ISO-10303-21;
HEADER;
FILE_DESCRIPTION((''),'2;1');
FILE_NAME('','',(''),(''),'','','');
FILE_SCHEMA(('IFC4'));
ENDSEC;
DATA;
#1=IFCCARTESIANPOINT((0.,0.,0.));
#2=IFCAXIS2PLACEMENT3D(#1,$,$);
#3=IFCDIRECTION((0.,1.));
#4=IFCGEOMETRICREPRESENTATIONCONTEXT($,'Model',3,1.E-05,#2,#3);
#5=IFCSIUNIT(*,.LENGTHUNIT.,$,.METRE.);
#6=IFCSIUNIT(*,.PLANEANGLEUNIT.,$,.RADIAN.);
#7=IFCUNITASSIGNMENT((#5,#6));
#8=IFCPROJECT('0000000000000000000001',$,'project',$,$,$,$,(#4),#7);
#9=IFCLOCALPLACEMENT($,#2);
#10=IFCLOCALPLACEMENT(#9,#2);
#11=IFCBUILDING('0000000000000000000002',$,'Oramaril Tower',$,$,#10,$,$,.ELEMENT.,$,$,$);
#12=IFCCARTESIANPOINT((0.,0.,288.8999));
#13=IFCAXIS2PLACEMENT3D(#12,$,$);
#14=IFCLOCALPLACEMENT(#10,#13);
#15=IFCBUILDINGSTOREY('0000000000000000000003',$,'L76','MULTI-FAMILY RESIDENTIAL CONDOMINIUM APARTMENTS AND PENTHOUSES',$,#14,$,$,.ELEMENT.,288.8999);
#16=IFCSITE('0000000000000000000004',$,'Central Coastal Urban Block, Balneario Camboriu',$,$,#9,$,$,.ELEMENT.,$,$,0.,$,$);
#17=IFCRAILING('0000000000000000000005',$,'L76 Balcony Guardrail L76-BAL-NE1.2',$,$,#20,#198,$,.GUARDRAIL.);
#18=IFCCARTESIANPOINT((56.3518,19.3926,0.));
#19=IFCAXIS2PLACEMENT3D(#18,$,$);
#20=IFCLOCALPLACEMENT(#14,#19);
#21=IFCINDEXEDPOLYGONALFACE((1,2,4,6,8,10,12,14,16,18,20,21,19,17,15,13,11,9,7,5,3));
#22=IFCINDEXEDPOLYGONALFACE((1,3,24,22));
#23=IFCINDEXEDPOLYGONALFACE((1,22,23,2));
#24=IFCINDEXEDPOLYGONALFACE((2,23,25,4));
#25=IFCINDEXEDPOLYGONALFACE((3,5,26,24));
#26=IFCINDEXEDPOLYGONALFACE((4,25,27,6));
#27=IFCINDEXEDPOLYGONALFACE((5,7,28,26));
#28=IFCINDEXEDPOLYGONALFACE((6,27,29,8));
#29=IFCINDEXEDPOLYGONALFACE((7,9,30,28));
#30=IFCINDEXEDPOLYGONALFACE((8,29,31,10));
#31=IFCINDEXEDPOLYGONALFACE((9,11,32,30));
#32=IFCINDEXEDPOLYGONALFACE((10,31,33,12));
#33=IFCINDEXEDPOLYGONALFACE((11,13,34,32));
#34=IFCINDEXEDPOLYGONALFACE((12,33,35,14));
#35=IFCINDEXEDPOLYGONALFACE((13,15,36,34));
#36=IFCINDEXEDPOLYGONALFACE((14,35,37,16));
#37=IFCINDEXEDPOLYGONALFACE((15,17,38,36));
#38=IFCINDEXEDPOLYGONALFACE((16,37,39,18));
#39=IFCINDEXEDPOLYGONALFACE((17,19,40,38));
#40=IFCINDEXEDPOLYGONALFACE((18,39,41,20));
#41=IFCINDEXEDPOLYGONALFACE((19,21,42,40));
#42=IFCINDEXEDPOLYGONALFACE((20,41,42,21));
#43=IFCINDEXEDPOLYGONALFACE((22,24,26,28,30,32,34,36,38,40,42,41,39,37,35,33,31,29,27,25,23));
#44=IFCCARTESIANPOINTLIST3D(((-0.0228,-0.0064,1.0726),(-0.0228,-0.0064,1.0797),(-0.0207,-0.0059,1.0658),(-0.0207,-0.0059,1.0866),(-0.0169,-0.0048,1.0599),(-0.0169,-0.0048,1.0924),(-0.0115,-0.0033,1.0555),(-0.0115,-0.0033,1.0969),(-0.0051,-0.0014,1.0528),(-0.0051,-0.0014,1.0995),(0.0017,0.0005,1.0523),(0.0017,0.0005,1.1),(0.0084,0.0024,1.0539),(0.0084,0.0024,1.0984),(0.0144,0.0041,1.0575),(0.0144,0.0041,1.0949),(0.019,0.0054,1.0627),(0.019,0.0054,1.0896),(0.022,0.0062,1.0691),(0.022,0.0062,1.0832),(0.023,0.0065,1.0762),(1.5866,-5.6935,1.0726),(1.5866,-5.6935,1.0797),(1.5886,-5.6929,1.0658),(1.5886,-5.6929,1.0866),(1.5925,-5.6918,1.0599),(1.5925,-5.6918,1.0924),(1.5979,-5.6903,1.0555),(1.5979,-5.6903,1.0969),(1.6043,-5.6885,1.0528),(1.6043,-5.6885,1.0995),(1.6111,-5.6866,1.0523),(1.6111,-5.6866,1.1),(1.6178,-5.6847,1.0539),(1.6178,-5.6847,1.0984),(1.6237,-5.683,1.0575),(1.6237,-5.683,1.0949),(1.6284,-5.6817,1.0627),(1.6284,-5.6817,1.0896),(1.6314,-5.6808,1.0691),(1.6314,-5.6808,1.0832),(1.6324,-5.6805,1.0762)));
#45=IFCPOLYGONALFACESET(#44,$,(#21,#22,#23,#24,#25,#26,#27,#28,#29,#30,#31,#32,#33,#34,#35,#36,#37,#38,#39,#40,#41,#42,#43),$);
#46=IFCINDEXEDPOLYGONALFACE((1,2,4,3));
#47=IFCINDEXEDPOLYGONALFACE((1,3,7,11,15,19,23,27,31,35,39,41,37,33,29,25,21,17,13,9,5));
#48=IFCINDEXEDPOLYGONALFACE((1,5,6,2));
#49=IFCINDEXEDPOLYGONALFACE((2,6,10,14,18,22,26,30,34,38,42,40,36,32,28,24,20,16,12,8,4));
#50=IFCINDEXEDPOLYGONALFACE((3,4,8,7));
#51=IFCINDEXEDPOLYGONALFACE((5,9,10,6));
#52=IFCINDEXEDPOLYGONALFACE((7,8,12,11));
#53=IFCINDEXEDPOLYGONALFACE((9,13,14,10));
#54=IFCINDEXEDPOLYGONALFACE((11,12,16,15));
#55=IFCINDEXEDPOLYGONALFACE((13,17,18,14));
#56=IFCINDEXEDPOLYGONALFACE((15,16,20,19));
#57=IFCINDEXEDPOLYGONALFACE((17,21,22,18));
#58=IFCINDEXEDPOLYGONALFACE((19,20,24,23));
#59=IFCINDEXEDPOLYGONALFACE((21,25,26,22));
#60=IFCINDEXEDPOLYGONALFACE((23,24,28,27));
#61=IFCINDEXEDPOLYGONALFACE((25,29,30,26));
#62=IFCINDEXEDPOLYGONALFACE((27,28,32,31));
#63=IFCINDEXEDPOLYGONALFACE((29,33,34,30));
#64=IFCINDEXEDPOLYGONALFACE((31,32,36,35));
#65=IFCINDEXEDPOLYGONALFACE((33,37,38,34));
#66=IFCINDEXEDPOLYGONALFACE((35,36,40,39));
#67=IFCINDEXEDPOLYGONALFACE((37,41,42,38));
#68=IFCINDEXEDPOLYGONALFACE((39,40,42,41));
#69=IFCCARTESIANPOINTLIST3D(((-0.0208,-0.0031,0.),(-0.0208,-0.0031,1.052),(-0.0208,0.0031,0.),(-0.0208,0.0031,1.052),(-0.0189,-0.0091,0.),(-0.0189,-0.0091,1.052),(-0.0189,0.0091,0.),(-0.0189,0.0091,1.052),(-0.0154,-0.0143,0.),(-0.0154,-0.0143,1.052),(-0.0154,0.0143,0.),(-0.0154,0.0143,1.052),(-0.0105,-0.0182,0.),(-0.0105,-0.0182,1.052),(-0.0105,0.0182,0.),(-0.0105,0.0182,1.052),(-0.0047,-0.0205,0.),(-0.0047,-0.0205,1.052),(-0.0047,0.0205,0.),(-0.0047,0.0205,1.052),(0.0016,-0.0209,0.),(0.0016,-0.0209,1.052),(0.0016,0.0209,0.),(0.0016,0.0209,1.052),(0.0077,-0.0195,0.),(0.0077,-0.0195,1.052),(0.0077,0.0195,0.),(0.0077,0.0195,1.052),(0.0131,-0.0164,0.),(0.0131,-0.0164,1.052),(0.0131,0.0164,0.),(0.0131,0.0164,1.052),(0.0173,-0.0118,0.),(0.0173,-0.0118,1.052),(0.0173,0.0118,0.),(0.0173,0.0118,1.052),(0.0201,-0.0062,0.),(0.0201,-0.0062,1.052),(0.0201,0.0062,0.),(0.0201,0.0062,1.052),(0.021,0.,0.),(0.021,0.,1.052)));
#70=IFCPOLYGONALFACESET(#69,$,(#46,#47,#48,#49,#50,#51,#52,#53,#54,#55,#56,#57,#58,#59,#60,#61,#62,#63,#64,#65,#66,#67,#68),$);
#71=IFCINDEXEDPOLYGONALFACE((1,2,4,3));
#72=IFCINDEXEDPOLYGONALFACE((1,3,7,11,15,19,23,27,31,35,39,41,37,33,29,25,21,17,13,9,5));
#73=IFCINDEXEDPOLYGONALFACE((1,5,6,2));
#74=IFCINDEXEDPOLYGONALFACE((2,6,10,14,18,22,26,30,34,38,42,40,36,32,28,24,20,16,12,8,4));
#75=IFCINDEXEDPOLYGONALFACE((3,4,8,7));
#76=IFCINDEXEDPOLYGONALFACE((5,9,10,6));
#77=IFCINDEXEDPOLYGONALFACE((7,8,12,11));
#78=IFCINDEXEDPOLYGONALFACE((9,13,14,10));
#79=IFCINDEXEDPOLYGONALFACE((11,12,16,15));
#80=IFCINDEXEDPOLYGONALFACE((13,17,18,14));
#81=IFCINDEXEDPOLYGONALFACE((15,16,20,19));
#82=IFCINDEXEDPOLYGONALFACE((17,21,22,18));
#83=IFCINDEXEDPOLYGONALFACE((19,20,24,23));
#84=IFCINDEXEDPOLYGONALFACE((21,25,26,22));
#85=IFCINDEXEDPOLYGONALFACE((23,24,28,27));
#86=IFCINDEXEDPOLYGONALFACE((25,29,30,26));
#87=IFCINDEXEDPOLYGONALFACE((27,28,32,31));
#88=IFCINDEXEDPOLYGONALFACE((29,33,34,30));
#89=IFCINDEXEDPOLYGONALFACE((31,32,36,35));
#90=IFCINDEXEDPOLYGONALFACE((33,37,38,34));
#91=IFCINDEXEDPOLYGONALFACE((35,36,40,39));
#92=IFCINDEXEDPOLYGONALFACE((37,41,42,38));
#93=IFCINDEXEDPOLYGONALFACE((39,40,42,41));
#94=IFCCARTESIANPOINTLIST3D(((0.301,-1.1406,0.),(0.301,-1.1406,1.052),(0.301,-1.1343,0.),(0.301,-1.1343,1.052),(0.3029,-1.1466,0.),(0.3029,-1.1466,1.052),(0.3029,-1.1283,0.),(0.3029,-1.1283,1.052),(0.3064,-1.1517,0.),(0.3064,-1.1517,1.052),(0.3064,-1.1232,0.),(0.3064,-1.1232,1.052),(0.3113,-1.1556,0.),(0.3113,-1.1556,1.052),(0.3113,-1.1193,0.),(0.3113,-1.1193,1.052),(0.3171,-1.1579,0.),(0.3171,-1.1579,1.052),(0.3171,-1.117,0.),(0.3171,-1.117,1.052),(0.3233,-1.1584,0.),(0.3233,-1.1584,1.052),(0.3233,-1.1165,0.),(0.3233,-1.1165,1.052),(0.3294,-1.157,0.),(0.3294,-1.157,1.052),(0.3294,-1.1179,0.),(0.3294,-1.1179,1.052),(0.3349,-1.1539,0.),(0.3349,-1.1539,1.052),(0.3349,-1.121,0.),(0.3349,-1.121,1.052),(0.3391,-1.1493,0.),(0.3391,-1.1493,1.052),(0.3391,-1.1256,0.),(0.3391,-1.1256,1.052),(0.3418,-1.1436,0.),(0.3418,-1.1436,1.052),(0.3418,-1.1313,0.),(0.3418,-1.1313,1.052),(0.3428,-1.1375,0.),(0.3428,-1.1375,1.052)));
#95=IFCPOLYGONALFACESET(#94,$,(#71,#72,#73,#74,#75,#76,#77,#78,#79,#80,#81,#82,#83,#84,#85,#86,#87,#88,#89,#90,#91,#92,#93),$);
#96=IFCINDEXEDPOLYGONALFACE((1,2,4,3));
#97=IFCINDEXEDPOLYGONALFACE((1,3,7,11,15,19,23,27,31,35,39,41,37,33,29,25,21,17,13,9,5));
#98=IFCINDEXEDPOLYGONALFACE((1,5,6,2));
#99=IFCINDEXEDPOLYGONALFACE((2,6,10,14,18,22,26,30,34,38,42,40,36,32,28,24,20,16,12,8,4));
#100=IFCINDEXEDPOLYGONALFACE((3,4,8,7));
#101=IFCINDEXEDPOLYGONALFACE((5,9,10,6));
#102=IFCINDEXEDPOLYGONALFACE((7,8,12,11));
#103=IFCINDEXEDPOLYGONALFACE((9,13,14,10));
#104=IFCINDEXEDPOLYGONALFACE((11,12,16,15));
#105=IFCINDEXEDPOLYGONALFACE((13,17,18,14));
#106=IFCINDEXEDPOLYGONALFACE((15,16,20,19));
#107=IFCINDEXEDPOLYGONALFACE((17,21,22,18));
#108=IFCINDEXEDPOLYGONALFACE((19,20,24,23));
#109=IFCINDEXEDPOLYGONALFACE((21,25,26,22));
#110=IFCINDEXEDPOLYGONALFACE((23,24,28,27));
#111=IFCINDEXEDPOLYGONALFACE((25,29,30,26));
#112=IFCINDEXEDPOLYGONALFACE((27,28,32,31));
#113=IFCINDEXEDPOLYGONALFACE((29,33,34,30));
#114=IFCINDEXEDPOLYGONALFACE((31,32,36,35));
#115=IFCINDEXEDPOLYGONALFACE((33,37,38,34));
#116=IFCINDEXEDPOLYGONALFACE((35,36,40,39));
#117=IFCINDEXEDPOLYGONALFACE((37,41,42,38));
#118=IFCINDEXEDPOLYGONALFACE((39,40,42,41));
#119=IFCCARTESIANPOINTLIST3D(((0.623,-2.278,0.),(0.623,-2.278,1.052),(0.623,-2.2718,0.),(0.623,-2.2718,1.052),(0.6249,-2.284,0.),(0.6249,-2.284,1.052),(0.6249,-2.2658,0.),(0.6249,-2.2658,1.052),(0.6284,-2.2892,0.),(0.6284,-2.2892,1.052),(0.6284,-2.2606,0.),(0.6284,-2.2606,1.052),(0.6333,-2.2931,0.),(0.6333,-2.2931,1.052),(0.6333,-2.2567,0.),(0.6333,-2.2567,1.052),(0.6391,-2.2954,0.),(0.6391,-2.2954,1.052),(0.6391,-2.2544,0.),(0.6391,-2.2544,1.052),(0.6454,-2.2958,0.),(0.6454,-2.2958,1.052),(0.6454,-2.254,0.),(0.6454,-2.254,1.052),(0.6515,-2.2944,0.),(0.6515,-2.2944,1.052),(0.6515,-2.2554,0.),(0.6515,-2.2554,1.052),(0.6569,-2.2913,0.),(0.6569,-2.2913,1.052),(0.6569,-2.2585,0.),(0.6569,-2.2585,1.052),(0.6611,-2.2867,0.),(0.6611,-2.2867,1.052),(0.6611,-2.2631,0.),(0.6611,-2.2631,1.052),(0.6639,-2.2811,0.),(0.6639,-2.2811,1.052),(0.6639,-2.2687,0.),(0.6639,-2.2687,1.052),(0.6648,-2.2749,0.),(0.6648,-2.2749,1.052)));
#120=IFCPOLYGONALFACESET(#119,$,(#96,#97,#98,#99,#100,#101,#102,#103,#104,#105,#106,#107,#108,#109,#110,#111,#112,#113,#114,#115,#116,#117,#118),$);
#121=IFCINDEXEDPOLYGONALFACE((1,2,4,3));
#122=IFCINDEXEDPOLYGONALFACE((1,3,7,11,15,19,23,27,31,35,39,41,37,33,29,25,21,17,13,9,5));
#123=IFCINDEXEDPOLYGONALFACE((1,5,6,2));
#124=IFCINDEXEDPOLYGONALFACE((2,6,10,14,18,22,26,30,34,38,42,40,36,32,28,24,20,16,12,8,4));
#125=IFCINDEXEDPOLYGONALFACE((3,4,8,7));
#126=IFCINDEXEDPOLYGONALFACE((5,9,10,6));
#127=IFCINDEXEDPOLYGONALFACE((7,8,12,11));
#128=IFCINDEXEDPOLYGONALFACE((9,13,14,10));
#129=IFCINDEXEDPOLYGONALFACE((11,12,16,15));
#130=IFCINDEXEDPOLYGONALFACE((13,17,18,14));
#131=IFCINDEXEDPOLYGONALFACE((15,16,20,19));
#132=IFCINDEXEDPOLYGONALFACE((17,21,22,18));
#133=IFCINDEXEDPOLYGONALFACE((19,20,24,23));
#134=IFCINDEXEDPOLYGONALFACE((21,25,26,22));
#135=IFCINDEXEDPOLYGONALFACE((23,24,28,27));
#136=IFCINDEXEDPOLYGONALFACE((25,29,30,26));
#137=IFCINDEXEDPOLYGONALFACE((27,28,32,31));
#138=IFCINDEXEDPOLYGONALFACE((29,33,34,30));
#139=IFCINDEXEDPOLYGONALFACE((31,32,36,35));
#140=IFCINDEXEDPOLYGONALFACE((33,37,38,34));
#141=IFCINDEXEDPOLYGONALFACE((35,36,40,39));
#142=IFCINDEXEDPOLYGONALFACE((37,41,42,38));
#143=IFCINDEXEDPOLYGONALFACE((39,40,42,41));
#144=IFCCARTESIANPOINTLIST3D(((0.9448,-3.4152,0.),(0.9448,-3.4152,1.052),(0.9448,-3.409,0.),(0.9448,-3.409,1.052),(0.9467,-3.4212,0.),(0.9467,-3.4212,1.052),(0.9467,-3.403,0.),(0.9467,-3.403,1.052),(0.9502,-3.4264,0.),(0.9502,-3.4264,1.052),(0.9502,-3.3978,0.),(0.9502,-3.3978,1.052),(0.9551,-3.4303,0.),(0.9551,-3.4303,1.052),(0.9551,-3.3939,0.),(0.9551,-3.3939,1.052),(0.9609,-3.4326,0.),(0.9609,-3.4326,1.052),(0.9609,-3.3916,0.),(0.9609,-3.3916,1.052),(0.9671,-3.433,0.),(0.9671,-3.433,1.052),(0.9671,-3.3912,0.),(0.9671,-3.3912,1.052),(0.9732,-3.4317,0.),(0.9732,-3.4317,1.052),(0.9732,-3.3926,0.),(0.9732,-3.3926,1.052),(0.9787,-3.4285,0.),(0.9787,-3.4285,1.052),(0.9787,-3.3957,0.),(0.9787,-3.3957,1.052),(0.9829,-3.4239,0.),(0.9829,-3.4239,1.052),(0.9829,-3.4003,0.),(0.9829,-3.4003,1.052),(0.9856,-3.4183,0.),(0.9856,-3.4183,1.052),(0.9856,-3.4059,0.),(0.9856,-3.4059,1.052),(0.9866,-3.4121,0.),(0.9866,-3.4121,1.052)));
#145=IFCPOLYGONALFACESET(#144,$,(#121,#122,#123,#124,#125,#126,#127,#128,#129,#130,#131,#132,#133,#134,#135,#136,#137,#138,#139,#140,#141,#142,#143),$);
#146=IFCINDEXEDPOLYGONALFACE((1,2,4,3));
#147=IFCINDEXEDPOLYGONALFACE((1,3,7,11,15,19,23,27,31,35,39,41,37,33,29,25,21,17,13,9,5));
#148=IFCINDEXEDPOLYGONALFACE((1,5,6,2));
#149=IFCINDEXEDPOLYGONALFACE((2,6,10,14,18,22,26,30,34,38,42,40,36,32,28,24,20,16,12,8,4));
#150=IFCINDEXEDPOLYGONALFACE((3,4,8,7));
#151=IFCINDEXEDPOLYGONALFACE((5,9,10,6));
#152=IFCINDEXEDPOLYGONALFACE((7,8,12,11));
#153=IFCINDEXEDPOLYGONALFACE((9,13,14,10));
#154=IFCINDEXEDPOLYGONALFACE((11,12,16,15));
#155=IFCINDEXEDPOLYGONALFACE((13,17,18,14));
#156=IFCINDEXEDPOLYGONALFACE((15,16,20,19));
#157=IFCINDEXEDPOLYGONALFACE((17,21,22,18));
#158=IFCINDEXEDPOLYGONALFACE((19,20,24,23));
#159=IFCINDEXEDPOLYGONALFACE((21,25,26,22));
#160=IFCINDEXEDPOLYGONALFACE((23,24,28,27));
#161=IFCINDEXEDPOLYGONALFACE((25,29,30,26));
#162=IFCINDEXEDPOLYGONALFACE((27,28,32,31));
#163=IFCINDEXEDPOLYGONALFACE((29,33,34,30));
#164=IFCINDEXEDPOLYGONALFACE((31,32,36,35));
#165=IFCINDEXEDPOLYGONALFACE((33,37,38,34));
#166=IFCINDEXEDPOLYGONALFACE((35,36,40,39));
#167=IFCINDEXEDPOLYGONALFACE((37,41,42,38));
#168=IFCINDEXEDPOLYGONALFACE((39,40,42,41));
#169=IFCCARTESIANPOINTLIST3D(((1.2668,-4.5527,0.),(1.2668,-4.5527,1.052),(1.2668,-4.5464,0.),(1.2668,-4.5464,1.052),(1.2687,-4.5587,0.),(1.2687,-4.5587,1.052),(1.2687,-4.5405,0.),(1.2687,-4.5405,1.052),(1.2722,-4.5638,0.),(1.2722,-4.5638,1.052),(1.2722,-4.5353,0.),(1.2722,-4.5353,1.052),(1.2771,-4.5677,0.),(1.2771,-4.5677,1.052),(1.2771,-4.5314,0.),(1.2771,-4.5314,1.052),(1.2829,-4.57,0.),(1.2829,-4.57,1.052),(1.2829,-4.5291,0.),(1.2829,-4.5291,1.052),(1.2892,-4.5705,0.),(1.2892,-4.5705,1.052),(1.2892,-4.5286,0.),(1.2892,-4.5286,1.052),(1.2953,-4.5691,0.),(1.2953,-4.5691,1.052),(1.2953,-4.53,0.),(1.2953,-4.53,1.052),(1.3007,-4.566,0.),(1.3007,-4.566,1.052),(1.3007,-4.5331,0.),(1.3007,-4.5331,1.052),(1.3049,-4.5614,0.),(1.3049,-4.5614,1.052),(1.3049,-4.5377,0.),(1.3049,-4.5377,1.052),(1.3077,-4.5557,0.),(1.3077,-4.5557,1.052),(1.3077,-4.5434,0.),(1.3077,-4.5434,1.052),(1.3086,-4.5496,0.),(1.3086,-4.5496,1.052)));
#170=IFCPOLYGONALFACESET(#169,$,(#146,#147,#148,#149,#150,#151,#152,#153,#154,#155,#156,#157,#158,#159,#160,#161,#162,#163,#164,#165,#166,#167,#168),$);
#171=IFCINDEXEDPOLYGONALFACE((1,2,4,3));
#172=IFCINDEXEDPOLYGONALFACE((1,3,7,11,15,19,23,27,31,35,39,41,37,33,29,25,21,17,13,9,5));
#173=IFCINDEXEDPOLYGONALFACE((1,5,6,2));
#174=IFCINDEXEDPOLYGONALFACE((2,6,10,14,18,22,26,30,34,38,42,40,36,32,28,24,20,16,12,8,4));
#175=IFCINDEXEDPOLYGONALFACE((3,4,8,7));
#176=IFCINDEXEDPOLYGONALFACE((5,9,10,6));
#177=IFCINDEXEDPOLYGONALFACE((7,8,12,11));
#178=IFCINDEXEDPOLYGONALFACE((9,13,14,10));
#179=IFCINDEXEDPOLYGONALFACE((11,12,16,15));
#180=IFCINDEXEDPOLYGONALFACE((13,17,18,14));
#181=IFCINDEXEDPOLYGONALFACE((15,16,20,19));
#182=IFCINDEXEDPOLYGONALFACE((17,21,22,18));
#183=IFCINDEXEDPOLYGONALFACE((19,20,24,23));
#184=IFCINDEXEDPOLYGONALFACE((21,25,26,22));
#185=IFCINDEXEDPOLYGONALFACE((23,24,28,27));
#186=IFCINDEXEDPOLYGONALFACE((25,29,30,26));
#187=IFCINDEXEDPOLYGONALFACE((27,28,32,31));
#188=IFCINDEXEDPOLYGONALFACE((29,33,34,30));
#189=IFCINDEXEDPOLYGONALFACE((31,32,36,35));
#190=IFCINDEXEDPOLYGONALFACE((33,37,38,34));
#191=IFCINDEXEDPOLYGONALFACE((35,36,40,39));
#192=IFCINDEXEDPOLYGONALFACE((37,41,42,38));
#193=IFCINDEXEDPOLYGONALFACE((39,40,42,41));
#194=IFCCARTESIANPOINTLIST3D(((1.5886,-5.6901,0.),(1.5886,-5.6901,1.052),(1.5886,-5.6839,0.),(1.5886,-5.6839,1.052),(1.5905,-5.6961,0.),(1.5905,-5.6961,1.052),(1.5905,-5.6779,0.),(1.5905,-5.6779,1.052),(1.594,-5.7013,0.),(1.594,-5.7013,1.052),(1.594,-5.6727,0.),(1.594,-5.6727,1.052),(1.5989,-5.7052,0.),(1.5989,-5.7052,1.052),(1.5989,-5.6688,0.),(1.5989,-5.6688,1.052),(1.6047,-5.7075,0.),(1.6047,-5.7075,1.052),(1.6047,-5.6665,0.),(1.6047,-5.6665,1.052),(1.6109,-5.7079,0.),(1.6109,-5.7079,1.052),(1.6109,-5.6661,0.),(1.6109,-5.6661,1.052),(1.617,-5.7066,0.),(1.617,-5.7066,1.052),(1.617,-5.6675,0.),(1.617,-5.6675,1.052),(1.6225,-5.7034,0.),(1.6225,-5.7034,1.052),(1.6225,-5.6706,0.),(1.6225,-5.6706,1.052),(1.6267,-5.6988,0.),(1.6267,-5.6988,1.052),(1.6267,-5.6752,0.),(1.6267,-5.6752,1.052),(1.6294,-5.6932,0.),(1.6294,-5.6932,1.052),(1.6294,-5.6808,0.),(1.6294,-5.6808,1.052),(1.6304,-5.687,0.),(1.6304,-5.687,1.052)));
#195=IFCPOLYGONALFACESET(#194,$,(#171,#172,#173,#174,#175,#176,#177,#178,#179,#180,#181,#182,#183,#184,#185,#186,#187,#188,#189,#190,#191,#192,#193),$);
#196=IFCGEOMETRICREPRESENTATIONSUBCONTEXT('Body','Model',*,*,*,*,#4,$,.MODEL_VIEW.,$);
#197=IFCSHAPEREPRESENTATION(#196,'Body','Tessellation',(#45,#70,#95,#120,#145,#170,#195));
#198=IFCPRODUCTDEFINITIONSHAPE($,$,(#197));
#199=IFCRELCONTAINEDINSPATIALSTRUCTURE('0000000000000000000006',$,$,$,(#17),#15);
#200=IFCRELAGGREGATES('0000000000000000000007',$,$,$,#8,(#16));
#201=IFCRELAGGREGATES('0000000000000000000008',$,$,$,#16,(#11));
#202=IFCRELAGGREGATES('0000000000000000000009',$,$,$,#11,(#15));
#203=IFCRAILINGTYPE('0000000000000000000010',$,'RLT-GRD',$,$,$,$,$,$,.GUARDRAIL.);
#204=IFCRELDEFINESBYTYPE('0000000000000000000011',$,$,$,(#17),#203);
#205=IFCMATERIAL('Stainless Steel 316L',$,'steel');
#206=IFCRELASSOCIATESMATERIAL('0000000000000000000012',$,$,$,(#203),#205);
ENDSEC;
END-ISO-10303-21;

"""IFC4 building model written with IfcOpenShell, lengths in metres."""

from ifc_helpers import new_model, si_unit, direction, frame, origin, origin_2d, place, context, subcontext, project, spatial, circle, extrude, material, type_object, element, save


model = new_model("IFC4")

# Units and contexts
model_context = context("Model", 3, precision=1e-05, world=origin(), true_north=direction((0.0, 1.0)))
body_context = subcontext(model_context, "Body", "Model", "MODEL_VIEW")
ifc_project = project(units=[si_unit("LENGTHUNIT", "METRE"), si_unit("PLANEANGLEUNIT", "RADIAN")], contexts=[model_context])

# Site, building, storey
site_placement = place(None, origin())
site = spatial("IfcSite", under=ifc_project, at=site_placement, Name="Central Coastal Urban Block, Balneario Camboriu", CompositionType="ELEMENT", RefElevation=0.0)
building_placement = place(site_placement, origin())
building = spatial("IfcBuilding", under=site, at=building_placement, Name="Oramaril Tower", CompositionType="ELEMENT")
storey_placement = place(building_placement, frame((0.0, 0.0, 288.8999)))
storey = spatial("IfcBuildingStorey", under=building, at=storey_placement, Name="L76", Description="MULTI-FAMILY RESIDENTIAL CONDOMINIUM APARTMENTS AND PENTHOUSES", CompositionType="ELEMENT", Elevation=288.8999)

# Railing
ifc_material_1 = material(Name="Stainless Steel 316L", Category="steel")
railing_type = type_object("IfcRailingType", Name="RLT-GRD", PredefinedType="GUARDRAIL", material=ifc_material_1)
railing_1_placement = place(storey_placement, frame((56.3518, 19.3926, 0.0)))
element("IfcRailing", 1, at=railing_1_placement, inside=storey, type_object=railing_type, Name="L76 Balcony Guardrail L76-BAL-NE1.2", PredefinedType="GUARDRAIL", context=body_context, shape_type="SweptSolid", body=[
    extrude(circle(Radius=0.0239, at=origin_2d()), frame((0.0, 0.0, 1.0762), z_axis=(0.272298, -0.962213, 0.0), x_axis=(0.962213, 0.272298, 0.0)), (0.0, 0.0, 1.0), 5.9104),
    extrude(circle(Radius=0.021, at=origin_2d()), origin(), (0.0, 0.0, 1.0), 1.052),
    extrude(circle(Radius=0.021, at=origin_2d()), frame((0.3218, -1.1375, 0.0)), (0.0, 0.0, 1.0), 1.052),
    extrude(circle(Radius=0.021, at=origin_2d()), frame((0.6438, -2.2749, 0.0)), (0.0, 0.0, 1.0), 1.052),
    extrude(circle(Radius=0.021, at=origin_2d()), frame((0.9656, -3.4121, 0.0)), (0.0, 0.0, 1.0), 1.052),
    extrude(circle(Radius=0.021, at=origin_2d()), frame((1.2876, -4.5496, 0.0)), (0.0, 0.0, 1.0), 1.052),
    extrude(circle(Radius=0.021, at=origin_2d()), frame((1.6094, -5.687, 0.0)), (0.0, 0.0, 1.0), 1.052),
])

save(model, "model.ifc")
